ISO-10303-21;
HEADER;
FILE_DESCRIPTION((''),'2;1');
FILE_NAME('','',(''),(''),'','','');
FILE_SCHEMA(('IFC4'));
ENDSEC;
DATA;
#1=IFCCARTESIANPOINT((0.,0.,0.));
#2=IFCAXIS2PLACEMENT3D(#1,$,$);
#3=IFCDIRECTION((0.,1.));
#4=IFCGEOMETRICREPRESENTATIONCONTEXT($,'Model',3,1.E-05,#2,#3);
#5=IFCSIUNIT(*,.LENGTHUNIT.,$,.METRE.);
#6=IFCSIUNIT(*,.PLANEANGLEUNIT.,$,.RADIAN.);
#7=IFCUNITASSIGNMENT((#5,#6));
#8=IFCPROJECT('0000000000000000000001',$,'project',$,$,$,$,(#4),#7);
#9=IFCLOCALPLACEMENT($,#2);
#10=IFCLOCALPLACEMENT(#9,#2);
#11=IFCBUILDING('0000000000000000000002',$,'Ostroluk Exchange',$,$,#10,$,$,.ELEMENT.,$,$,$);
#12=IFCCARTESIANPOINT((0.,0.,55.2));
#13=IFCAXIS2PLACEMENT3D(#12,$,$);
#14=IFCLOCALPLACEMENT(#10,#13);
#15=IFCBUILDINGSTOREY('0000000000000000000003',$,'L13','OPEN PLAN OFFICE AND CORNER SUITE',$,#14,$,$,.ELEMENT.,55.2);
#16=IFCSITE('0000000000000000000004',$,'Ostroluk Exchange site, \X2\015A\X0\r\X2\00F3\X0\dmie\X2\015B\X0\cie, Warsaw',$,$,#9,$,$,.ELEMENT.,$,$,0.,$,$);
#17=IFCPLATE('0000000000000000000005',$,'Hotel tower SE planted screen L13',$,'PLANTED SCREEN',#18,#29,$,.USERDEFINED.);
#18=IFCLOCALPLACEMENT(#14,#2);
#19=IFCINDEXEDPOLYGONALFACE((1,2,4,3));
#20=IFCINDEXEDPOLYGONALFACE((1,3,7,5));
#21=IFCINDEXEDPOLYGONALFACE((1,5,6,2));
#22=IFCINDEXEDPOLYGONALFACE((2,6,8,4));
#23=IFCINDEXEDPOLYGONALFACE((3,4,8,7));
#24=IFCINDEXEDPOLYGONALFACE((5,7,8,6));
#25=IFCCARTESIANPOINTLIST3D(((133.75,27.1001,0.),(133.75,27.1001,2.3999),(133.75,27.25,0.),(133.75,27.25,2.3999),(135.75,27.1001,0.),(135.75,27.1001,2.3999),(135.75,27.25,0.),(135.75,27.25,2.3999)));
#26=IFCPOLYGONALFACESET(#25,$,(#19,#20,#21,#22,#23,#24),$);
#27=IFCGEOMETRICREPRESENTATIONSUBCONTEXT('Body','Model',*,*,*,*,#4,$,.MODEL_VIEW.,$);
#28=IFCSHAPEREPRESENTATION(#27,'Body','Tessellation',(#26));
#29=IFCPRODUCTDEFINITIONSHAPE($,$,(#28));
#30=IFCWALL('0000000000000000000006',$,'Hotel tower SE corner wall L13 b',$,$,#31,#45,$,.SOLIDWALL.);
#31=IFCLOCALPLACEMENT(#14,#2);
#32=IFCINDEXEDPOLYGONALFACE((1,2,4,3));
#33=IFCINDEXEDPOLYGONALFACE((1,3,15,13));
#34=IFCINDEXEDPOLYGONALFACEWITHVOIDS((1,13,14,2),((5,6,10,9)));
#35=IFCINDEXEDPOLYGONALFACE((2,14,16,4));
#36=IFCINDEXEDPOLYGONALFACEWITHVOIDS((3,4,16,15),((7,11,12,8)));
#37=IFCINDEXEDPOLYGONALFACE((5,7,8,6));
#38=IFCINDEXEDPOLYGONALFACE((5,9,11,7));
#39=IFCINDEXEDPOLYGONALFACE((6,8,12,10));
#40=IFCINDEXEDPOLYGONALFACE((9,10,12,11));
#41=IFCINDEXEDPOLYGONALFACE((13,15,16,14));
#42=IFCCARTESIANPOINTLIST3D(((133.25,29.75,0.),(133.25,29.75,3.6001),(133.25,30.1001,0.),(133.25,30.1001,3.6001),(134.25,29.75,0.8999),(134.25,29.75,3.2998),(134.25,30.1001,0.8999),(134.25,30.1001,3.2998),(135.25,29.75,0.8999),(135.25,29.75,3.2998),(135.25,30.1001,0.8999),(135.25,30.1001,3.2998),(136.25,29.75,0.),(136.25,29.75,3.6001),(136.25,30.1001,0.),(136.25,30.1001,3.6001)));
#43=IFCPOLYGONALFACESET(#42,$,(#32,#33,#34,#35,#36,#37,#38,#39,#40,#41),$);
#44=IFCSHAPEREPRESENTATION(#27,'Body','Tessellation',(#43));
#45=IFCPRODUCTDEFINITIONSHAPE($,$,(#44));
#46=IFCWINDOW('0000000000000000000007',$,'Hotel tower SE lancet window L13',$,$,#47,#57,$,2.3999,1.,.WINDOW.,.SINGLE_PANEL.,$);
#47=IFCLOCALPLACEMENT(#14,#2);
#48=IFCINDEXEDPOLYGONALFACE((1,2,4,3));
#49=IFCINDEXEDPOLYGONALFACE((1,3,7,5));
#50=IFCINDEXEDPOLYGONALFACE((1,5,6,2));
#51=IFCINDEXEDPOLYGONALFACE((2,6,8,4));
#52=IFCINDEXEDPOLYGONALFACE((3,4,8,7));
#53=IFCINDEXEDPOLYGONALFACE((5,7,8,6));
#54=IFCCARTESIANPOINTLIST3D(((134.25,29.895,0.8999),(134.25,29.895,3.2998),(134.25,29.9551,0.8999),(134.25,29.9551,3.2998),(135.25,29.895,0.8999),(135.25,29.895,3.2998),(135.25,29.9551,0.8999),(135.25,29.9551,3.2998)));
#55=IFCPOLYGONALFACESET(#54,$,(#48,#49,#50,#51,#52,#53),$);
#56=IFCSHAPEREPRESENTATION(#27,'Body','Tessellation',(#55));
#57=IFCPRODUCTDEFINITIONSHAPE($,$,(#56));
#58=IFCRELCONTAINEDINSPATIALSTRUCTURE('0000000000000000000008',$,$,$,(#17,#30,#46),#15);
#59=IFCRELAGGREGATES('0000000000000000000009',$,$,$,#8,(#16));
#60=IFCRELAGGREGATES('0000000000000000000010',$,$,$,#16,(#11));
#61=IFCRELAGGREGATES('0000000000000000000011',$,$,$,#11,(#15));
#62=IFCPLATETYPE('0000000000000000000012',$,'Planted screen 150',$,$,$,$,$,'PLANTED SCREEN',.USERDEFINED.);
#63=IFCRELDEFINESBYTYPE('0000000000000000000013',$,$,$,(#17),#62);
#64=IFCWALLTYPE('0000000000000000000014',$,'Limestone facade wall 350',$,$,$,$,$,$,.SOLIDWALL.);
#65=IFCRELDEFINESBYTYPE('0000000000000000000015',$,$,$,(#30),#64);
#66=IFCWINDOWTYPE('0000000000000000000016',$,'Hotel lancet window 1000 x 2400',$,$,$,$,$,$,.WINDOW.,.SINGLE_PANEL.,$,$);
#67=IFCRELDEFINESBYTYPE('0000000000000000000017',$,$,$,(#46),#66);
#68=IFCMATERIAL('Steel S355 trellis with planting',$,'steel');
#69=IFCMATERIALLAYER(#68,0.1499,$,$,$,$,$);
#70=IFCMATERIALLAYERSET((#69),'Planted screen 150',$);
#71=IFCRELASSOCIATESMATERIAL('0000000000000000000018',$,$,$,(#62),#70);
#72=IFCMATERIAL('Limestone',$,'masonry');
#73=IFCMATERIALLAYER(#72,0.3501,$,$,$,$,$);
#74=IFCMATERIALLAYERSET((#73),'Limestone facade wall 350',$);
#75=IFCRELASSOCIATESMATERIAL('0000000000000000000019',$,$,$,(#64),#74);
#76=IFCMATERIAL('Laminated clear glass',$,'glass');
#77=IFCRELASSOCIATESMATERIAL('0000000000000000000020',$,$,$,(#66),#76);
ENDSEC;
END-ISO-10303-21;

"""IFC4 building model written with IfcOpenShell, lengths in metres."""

from ifc_helpers import new_model, si_unit, direction, frame, frame_2d, origin, origin_2d, place, context, subcontext, project, spatial, rectangle, extrude, material, layer, layer_set, type_object, element, fill, save


model = new_model("IFC4")

# Units and contexts
model_context = context("Model", 3, precision=1e-05, world=origin(), true_north=direction((0.0, 1.0)))
body_context = subcontext(model_context, "Body", "Model", "MODEL_VIEW")
ifc_project = project(units=[si_unit("LENGTHUNIT", "METRE"), si_unit("PLANEANGLEUNIT", "RADIAN")], contexts=[model_context])

# Site, building, storey
site_placement = place(None, origin())
site = spatial("IfcSite", under=ifc_project, at=site_placement, Name="Ostroluk Exchange site, Śródmieście, Warsaw", CompositionType="ELEMENT", RefElevation=0.0)
building_placement = place(site_placement, origin())
building = spatial("IfcBuilding", under=site, at=building_placement, Name="Ostroluk Exchange", CompositionType="ELEMENT")
storey_placement = place(building_placement, frame((0.0, 0.0, 55.2)))
storey = spatial("IfcBuildingStorey", under=building, at=storey_placement, Name="L13", Description="OPEN PLAN OFFICE AND CORNER SUITE", CompositionType="ELEMENT", Elevation=55.2)

# Plate
ifc_material_1 = material(Name="Steel S355 trellis with planting", Category="steel")
ifc_layer_1 = layer(ifc_material_1, 0.1499)
ifc_layer_set_1 = layer_set([ifc_layer_1], Name="Planted screen 150")
plate_type_1 = type_object("IfcPlateType", Name="Planted screen 150", ElementType="PLANTED SCREEN", PredefinedType="USERDEFINED", material=ifc_layer_set_1)
plate_1_placement = place(storey_placement, frame((134.75, 27.175, 0.0), z_axis=(0.0, 0.0, 1.0), x_axis=(1.0, 0.0, 0.0)))
element("IfcPlate", 1, at=plate_1_placement, inside=storey, type_object=plate_type_1, Name="Hotel tower SE planted screen L13", ObjectType="PLANTED SCREEN", PredefinedType="USERDEFINED", context=body_context, shape_type="SweptSolid", body=[
    extrude(rectangle(XDim=2.0, YDim=0.1499, at=origin_2d()), origin(), (0.0, 0.0, 1.0), 2.3999),
])

# Shared definitions
ifc_material_2 = material(Name="Limestone", Category="masonry")
ifc_layer_2 = layer(ifc_material_2, 0.3501)
ifc_layer_set_2 = layer_set([ifc_layer_2], Name="Limestone facade wall 350")
wall_type = type_object("IfcWallType", Name="Limestone facade wall 350", PredefinedType="SOLIDWALL", material=ifc_layer_set_2)

# Wall, opening, window
wall_1_placement = place(storey_placement, frame((133.25, 29.925, 0.0), z_axis=(0.0, 0.0, 1.0), x_axis=(1.0, 0.0, 0.0)))
wall_1 = element("IfcWall", 2, at=wall_1_placement, inside=storey, type_object=wall_type, Name="Hotel tower SE corner wall L13 b", PredefinedType="SOLIDWALL", context=body_context, shape_type="SweptSolid", body=[
    extrude(rectangle(XDim=3.0, YDim=0.3501, at=frame_2d((1.5, 0.0))), origin(), (0.0, 0.0, 1.0), 3.6001),
])
opening_1_placement = place(wall_1_placement, frame((1.0, 0.0, 0.8999)))
opening_1 = element("IfcOpeningElement", 3, at=opening_1_placement, cuts=wall_1, PredefinedType="OPENING", context=body_context, shape_type="SweptSolid", body=[
    extrude(rectangle(XDim=1.0, YDim=2.3999, at=frame_2d((0.5, 1.2))), frame((0.0, 0.1851, 0.0), z_axis=(0.0, -1.0, 0.0), x_axis=(1.0, 0.0, 0.0)), (0.0, 0.0, 1.0), 0.3701),
])
ifc_material_3 = material(Name="Laminated clear glass", Category="glass")
window_type = type_object("IfcWindowType", Name="Hotel lancet window 1000 x 2400", PartitioningType="SINGLE_PANEL", PredefinedType="WINDOW", material=ifc_material_3)
window_placement = place(opening_1_placement, origin())
window = element("IfcWindow", 4, at=window_placement, inside=storey, type_object=window_type, Name="Hotel tower SE lancet window L13", OverallHeight=2.3999, OverallWidth=1.0, PartitioningType="SINGLE_PANEL", PredefinedType="WINDOW", context=body_context, shape_type="SweptSolid", body=[
    extrude(rectangle(XDim=1.0, YDim=2.3999, at=frame_2d((0.5, 1.2))), frame((0.0, 0.03, 0.0), z_axis=(0.0, -1.0, 0.0), x_axis=(1.0, 0.0, 0.0)), (0.0, 0.0, 1.0), 0.0601),
])
fill(opening_1, window)

save(model, "model.ifc")
